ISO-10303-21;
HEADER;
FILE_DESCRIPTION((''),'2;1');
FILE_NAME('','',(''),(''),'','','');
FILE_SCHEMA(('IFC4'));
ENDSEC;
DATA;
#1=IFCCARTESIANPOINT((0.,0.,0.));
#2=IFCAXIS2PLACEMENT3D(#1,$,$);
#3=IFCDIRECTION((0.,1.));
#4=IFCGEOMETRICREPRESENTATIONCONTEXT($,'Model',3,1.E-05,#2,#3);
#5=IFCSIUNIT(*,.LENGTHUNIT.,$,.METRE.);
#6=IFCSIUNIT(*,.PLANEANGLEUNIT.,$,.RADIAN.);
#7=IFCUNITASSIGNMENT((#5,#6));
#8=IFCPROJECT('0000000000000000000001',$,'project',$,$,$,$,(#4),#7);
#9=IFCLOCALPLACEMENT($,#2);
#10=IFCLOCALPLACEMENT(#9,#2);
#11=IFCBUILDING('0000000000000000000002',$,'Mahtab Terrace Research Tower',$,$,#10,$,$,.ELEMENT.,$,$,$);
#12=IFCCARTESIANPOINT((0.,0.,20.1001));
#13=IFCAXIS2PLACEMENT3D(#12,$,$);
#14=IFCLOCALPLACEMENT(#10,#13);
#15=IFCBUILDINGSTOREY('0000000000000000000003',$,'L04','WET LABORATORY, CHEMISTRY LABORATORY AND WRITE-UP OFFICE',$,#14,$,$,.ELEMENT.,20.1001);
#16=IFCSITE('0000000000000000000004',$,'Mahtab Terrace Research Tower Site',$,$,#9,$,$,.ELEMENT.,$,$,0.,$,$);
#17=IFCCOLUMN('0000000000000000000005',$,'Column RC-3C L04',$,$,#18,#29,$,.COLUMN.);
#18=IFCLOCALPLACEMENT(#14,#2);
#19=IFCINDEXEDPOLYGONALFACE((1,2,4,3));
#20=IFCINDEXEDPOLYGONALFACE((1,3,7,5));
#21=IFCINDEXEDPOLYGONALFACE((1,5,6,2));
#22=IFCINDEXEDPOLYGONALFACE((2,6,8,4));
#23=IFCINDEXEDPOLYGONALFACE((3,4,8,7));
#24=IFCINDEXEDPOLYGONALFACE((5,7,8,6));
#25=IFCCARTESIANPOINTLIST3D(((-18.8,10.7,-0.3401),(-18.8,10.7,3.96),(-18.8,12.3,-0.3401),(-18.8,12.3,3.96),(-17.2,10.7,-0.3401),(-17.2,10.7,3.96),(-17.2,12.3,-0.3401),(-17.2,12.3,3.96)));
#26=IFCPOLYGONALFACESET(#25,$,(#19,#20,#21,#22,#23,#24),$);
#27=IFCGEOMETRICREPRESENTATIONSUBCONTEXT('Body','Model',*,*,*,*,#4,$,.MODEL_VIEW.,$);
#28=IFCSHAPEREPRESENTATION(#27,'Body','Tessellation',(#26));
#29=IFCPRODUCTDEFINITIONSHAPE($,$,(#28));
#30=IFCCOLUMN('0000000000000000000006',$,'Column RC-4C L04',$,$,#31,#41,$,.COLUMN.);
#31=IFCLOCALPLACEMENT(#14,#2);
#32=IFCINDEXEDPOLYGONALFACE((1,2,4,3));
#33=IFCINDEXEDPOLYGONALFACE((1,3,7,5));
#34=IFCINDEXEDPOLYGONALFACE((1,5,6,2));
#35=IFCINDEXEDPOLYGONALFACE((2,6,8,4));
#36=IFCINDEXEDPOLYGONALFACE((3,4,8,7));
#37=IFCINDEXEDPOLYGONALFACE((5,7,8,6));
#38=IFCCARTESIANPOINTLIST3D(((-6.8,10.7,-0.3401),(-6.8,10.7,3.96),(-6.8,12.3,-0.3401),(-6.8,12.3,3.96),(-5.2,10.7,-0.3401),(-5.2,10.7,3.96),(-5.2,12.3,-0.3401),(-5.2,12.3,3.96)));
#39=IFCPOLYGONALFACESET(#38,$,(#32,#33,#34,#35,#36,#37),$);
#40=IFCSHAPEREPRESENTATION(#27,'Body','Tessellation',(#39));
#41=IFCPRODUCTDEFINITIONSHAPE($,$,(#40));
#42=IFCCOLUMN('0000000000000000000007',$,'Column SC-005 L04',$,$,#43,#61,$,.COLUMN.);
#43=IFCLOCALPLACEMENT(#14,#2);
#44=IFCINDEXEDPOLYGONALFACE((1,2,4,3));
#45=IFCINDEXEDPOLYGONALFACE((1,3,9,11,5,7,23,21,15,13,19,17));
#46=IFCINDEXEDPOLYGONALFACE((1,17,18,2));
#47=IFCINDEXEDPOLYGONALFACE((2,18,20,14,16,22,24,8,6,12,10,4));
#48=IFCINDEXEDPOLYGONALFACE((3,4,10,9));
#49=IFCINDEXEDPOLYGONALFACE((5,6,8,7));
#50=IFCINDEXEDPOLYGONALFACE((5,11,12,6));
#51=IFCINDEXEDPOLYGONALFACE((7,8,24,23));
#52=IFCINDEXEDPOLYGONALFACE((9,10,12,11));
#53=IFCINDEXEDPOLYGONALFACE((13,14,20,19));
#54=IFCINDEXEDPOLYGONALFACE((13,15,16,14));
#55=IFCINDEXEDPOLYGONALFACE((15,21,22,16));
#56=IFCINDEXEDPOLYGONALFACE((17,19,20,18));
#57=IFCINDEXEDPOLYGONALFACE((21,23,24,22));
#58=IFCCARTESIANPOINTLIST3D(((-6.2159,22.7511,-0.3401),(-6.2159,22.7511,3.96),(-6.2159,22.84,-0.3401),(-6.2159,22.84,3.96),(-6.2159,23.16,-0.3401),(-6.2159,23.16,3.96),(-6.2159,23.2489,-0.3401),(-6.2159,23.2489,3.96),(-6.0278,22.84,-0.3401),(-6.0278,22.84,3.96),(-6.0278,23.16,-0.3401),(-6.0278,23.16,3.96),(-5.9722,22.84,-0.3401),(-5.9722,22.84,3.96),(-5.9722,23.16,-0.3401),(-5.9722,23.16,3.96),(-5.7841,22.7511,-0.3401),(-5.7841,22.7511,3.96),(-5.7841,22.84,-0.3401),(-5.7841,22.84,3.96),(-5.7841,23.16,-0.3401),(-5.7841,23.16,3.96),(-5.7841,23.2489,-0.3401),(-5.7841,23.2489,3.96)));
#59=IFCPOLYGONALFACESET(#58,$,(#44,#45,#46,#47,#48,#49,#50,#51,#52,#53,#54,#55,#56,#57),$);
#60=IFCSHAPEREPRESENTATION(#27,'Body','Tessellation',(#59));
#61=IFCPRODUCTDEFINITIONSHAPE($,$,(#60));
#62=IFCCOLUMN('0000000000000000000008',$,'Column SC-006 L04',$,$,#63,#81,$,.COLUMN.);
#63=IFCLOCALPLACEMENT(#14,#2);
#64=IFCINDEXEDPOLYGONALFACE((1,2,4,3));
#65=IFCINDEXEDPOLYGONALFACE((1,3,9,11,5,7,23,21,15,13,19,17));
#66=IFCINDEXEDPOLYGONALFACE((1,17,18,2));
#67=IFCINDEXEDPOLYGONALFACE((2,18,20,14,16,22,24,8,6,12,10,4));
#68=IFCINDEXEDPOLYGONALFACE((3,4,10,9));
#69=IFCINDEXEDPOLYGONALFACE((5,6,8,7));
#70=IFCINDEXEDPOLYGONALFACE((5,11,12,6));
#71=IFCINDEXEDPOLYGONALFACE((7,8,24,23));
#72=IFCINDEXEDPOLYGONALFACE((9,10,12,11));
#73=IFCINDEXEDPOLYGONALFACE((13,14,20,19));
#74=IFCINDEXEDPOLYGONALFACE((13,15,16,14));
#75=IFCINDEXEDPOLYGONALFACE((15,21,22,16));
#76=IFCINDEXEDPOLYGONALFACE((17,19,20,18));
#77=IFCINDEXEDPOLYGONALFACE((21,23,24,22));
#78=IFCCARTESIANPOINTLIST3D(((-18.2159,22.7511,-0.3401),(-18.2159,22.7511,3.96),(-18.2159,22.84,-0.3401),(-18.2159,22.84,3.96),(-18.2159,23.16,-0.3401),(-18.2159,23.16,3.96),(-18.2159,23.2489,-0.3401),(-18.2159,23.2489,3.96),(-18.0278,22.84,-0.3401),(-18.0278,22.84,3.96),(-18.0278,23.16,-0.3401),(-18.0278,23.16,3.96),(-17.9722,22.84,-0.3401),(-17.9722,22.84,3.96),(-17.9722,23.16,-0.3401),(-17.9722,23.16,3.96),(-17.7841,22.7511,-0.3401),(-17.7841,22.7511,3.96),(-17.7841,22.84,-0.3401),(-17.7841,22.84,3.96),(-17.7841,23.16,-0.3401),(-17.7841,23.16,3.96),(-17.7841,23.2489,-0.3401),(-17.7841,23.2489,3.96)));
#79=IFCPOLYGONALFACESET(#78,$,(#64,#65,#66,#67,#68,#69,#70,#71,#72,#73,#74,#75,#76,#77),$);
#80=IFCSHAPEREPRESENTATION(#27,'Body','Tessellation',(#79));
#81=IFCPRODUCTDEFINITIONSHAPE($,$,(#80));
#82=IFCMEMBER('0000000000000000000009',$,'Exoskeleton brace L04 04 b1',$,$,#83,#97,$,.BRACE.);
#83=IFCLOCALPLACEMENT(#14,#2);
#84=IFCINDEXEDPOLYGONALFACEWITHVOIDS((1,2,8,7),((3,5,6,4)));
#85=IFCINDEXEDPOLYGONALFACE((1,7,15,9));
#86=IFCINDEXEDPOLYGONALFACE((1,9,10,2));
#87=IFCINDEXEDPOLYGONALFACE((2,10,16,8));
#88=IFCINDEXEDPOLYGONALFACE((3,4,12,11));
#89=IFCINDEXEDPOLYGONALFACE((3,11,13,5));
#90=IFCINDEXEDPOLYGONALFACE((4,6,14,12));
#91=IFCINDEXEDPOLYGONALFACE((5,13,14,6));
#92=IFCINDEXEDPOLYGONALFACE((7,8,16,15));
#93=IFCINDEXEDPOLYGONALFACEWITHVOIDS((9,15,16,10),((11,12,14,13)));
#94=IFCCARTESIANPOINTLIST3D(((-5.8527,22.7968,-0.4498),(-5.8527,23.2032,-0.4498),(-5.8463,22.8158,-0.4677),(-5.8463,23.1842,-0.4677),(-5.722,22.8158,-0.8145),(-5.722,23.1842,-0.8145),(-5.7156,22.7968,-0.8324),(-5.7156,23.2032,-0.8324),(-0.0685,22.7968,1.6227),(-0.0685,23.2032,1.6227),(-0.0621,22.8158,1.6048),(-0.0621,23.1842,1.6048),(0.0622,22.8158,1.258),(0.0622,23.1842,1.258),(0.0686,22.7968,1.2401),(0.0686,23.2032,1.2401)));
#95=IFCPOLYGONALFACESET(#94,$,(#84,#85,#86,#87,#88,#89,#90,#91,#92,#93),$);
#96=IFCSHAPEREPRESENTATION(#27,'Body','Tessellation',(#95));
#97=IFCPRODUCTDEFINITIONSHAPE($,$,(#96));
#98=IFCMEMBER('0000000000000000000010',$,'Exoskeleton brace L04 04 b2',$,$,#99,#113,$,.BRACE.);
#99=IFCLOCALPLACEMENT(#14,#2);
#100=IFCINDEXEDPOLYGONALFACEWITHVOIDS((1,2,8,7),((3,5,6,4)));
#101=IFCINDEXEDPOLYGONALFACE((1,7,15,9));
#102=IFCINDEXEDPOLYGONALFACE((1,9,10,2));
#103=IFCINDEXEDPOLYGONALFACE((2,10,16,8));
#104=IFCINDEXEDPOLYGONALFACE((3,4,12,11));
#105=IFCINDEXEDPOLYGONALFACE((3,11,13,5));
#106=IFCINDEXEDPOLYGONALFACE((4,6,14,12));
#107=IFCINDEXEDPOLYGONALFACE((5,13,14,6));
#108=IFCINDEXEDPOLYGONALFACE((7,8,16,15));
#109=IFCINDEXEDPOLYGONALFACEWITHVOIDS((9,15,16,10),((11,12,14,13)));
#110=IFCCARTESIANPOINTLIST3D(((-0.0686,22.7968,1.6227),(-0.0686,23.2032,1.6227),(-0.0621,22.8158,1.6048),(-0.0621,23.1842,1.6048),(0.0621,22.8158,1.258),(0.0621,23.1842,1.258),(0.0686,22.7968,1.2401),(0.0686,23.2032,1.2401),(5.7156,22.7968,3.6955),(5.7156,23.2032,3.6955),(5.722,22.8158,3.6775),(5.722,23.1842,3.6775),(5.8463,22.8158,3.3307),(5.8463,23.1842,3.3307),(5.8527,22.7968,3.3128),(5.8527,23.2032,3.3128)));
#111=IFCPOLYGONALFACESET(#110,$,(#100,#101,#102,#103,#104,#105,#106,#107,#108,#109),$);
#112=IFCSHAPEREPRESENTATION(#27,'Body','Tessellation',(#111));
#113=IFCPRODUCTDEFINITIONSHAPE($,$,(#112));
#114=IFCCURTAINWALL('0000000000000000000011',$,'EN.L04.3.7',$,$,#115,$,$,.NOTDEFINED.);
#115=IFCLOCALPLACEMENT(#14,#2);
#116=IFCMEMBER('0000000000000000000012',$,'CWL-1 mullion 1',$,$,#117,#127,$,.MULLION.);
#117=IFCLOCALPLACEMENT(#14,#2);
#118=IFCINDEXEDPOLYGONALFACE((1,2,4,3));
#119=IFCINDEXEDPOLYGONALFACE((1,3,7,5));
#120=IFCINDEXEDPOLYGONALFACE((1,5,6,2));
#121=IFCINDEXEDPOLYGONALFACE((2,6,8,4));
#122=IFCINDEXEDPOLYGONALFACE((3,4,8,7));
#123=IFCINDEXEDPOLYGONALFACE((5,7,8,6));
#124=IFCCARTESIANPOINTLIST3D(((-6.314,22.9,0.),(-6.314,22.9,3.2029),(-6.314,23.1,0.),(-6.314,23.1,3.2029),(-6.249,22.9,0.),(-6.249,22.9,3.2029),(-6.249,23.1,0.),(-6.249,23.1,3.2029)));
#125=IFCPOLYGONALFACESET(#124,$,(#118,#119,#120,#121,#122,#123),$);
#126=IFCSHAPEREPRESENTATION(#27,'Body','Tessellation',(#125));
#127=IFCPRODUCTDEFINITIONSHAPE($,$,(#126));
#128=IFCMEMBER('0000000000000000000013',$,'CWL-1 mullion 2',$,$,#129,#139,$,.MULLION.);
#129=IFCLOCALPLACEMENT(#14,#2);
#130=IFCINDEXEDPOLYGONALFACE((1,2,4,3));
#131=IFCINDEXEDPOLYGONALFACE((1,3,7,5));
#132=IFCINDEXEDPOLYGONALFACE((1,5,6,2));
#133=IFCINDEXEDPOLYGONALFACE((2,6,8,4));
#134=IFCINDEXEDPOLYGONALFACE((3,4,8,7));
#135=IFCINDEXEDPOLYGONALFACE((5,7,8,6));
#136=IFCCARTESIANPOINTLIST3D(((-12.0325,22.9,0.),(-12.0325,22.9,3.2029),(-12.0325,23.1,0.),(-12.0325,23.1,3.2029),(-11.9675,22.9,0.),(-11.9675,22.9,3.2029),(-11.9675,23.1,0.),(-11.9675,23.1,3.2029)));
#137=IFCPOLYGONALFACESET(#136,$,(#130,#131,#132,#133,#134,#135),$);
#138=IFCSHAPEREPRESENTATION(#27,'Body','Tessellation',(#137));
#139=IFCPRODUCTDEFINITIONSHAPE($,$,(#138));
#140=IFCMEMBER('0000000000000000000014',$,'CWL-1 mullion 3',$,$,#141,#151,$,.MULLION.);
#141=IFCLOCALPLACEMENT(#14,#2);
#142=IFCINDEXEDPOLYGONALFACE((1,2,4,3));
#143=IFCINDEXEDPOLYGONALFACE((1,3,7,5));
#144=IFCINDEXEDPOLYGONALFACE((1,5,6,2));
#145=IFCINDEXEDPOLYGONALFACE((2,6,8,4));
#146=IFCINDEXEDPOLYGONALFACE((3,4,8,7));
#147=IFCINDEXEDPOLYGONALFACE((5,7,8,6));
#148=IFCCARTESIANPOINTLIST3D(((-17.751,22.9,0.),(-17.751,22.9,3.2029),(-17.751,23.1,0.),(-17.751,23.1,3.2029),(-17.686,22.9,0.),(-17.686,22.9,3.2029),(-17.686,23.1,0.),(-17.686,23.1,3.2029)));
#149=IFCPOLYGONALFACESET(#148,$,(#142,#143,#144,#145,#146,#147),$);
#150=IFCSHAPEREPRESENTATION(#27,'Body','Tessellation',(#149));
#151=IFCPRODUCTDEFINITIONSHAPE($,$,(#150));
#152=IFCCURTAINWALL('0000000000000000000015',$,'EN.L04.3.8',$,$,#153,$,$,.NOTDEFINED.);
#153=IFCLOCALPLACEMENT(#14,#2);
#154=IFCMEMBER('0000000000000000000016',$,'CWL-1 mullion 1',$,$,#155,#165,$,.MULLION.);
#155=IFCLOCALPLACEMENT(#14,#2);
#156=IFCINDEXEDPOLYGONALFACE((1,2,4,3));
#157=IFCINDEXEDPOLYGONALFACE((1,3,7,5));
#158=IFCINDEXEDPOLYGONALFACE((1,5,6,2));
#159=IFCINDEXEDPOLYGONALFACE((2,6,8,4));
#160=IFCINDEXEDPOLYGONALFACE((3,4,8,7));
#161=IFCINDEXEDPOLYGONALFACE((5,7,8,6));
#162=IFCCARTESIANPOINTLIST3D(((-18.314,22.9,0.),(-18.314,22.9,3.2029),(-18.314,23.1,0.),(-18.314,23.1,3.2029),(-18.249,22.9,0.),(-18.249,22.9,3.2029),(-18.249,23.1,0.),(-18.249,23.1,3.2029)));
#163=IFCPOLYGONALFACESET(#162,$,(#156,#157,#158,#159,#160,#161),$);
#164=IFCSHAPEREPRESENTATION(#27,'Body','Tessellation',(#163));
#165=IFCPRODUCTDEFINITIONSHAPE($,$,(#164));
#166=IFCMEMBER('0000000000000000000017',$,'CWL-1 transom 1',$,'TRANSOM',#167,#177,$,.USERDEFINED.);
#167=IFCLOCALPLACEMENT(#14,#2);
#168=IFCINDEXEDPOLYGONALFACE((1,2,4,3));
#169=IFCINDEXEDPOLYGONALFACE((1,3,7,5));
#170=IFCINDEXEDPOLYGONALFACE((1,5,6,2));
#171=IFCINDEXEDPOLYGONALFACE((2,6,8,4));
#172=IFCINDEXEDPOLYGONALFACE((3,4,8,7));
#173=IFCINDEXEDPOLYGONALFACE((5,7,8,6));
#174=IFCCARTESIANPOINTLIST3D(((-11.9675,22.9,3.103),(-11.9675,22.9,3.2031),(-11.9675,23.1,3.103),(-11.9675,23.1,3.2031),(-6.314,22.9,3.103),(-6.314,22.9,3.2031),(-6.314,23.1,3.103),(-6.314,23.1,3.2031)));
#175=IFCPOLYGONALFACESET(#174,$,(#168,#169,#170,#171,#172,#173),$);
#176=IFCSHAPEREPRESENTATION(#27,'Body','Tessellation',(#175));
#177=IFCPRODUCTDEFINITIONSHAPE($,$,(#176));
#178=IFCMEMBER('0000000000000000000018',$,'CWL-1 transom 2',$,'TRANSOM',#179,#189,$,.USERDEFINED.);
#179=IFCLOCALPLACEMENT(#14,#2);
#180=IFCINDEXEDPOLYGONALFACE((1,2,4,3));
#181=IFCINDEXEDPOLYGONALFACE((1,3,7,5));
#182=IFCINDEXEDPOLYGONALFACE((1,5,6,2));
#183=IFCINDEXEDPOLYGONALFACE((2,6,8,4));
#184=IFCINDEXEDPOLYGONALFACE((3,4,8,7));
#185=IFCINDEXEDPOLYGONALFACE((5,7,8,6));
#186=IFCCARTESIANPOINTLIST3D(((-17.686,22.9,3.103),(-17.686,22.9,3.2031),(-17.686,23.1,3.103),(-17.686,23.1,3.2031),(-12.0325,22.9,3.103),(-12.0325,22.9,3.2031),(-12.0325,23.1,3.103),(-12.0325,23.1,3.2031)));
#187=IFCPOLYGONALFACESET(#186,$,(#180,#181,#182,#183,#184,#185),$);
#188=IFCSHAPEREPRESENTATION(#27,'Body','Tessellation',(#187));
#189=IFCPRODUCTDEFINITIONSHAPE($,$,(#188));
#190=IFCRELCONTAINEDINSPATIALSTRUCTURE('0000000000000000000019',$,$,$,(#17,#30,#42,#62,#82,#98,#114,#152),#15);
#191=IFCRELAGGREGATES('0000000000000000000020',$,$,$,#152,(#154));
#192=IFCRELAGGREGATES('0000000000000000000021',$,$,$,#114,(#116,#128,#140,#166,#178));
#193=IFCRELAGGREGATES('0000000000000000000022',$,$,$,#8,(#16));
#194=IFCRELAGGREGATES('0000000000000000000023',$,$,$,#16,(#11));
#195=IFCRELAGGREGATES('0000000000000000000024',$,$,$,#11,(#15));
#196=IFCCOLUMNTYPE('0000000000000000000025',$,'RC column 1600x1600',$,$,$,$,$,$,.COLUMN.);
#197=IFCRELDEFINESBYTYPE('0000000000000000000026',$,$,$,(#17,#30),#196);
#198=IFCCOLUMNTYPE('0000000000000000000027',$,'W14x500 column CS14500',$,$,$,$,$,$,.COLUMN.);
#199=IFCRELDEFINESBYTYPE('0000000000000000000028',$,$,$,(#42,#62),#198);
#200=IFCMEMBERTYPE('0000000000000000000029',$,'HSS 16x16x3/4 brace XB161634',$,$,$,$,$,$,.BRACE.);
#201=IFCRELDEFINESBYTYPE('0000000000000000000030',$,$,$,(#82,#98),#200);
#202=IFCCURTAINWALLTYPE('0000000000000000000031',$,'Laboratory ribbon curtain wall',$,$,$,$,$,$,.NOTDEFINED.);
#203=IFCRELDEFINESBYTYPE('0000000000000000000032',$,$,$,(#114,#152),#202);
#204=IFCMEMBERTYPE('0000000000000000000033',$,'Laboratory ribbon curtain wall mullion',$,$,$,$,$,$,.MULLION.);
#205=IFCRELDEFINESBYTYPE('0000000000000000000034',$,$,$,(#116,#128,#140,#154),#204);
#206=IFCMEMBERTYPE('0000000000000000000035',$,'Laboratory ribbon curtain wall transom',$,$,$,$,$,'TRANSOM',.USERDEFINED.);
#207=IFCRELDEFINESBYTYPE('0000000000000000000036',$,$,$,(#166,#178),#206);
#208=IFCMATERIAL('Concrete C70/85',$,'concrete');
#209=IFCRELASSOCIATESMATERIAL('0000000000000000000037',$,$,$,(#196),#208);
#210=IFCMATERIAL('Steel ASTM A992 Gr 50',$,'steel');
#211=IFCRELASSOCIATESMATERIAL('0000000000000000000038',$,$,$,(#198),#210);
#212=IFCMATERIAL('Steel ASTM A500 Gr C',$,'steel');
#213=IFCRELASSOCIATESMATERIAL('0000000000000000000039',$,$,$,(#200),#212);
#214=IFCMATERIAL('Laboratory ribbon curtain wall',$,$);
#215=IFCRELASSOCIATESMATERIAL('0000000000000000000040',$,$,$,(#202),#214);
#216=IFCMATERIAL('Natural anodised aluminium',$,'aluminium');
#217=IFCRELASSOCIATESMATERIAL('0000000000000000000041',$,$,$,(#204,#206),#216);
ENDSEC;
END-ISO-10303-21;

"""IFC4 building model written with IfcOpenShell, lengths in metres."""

from ifc_helpers import new_model, si_unit, direction, frame, origin, origin_2d, place, context, subcontext, project, spatial, rectangle, hollow_rectangle, i_section, extrude, material, material_profile, profile_set, type_object, element, aggregate, save


model = new_model("IFC4")

# Units and contexts
model_context = context("Model", 3, precision=1e-05, world=origin(), true_north=direction((0.0, 1.0)))
body_context = subcontext(model_context, "Body", "Model", "MODEL_VIEW")
ifc_project = project(units=[si_unit("LENGTHUNIT", "METRE"), si_unit("PLANEANGLEUNIT", "RADIAN")], contexts=[model_context])

# Site, building, storey
site_placement = place(None, origin())
site = spatial("IfcSite", under=ifc_project, at=site_placement, Name="Mahtab Terrace Research Tower Site", CompositionType="ELEMENT", RefElevation=0.0)
building_placement = place(site_placement, origin())
building = spatial("IfcBuilding", under=site, at=building_placement, Name="Mahtab Terrace Research Tower", CompositionType="ELEMENT")
storey_placement = place(building_placement, frame((0.0, 0.0, 20.1001)))
storey = spatial("IfcBuildingStorey", under=building, at=storey_placement, Name="L04", Description="WET LABORATORY, CHEMISTRY LABORATORY AND WRITE-UP OFFICE", CompositionType="ELEMENT", Elevation=20.1001)

# Columns
ifc_material_1 = material(Name="Concrete C70/85", Category="concrete")
ifc_material_profile_1 = material_profile(ifc_material_1, rectangle(XDim=1.6001, YDim=1.6001, at=origin_2d()), Name="RC column 1600x1600")
ifc_profile_set_1 = profile_set([ifc_material_profile_1], Name="Concrete C70/85")
column_type_1 = type_object("IfcColumnType", Name="RC column 1600x1600", PredefinedType="COLUMN", material=ifc_profile_set_1)
for number, where, z_axis, x_axis, name in (
    (1, (-18.0, 11.5, -0.3401), (0.0, 0.0, 1.0), (1.0, 0.0, 0.0), "Column RC-3C L04"),
    (2, (-6.0, 11.5, -0.3401), (0.0, 0.0, 1.0), (1.0, 0.0, 0.0), "Column RC-4C L04"),
):
    element("IfcColumn", number, at=place(storey_placement, frame(where, z_axis=z_axis, x_axis=x_axis)), inside=storey, type_object=column_type_1, Name=name, PredefinedType="COLUMN", context=body_context, shape_type="SweptSolid", body=[
        extrude(rectangle(XDim=1.6001, YDim=1.6001, at=origin_2d()), origin(), (0.0, 0.0, 1.0), 4.3),
    ])
ifc_material_2 = material(Name="Steel ASTM A992 Gr 50", Category="steel")
ifc_material_profile_2 = material_profile(ifc_material_2, i_section(OverallWidth=0.4319, OverallDepth=0.4978, WebThickness=0.0557, FlangeThickness=0.0889, at=origin_2d()), Name="W14X500")
ifc_profile_set_2 = profile_set([ifc_material_profile_2], Name="Steel ASTM A992 Gr 50")
column_type_2 = type_object("IfcColumnType", Name="W14x500 column CS14500", PredefinedType="COLUMN", material=ifc_profile_set_2)
for number, where, z_axis, x_axis, name in (
    (3, (-6.0, 23.0, -0.3401), (0.0, 0.0, 1.0), (1.0, 0.0, 0.0), "Column SC-005 L04"),
    (4, (-18.0, 23.0, -0.3401), (0.0, 0.0, 1.0), (1.0, 0.0, 0.0), "Column SC-006 L04"),
):
    element("IfcColumn", number, at=place(storey_placement, frame(where, z_axis=z_axis, x_axis=x_axis)), inside=storey, type_object=column_type_2, Name=name, PredefinedType="COLUMN", context=body_context, shape_type="SweptSolid", body=[
        extrude(i_section(OverallWidth=0.4319, OverallDepth=0.4978, WebThickness=0.0557, FlangeThickness=0.0889, at=origin_2d()), origin(), (0.0, 0.0, 1.0), 4.3),
    ])

# Members
ifc_material_3 = material(Name="Steel ASTM A500 Gr C", Category="steel")
ifc_material_profile_3 = material_profile(ifc_material_3, hollow_rectangle(XDim=0.4065, YDim=0.4065, WallThickness=0.019, at=origin_2d()), Name="HSS16X16X3/4")
ifc_profile_set_3 = profile_set([ifc_material_profile_3], Name="Steel ASTM A500 Gr C")
member_type_1 = type_object("IfcMemberType", Name="HSS 16x16x3/4 brace XB161634", PredefinedType="BRACE", material=ifc_profile_set_3)
for number, where, z_axis, x_axis, name in (
    (5, (-5.7842, 23.0, -0.6411), (0.941394, 0.0, 0.337308), (0.0, 1.0, 0.0), "Exoskeleton brace L04 04 b1"),
    (6, (0.0, 23.0, 1.4314), (0.941382, 0.0, 0.337343), (0.0, 1.0, 0.0), "Exoskeleton brace L04 04 b2"),
):
    element("IfcMember", number, at=place(storey_placement, frame(where, z_axis=z_axis, x_axis=x_axis)), inside=storey, type_object=member_type_1, Name=name, PredefinedType="BRACE", context=body_context, shape_type="SweptSolid", body=[
        extrude(hollow_rectangle(XDim=0.4065, YDim=0.4065, WallThickness=0.019, at=origin_2d()), origin(), (0.0, 0.0, 1.0), 6.1443),
    ])

# Curtain wall, members
ifc_material_4 = material(Name="Laboratory ribbon curtain wall")
curtain_wall_type = type_object("IfcCurtainWallType", Name="Laboratory ribbon curtain wall", PredefinedType="NOTDEFINED", material=ifc_material_4)
curtain_wall_1_placement = place(storey_placement, origin())
curtain_wall_1 = element("IfcCurtainWall", 7, at=curtain_wall_1_placement, inside=storey, type_object=curtain_wall_type, Name="EN.L04.3.7", PredefinedType="NOTDEFINED")
ifc_material_5 = material(Name="Natural anodised aluminium", Category="aluminium")
ifc_material_profile_4 = material_profile(ifc_material_5, rectangle(XDim=0.2, YDim=0.0649, at=origin_2d()), Name="MULLION 65x200")
ifc_profile_set_4 = profile_set([ifc_material_profile_4], Name="Natural anodised aluminium")
member_type_2 = type_object("IfcMemberType", Name="Laboratory ribbon curtain wall mullion", PredefinedType="MULLION", material=ifc_profile_set_4)
member_1_placement = place(storey_placement, frame((-6.2815, 23.0, 0.0), z_axis=(0.0, 0.0, 1.0), x_axis=(0.0, -1.0, 0.0)))
member_1 = element("IfcMember", 8, at=member_1_placement, type_object=member_type_2, Name="CWL-1 mullion 1", PredefinedType="MULLION", context=body_context, shape_type="SweptSolid", body=[
    extrude(rectangle(XDim=0.2, YDim=0.0649, at=origin_2d()), origin(), (0.0, 0.0, 1.0), 3.2029),
])
member_2_placement = place(storey_placement, frame((-12.0, 23.0, 0.0), z_axis=(0.0, 0.0, 1.0), x_axis=(0.0, -1.0, 0.0)))
member_2 = element("IfcMember", 9, at=member_2_placement, type_object=member_type_2, Name="CWL-1 mullion 2", PredefinedType="MULLION", context=body_context, shape_type="SweptSolid", body=[
    extrude(rectangle(XDim=0.2, YDim=0.0649, at=origin_2d()), origin(), (0.0, 0.0, 1.0), 3.2029),
])
member_3_placement = place(storey_placement, frame((-17.7185, 23.0, 0.0), z_axis=(0.0, 0.0, 1.0), x_axis=(0.0, -1.0, 0.0)))
member_3 = element("IfcMember", 10, at=member_3_placement, type_object=member_type_2, Name="CWL-1 mullion 3", PredefinedType="MULLION", context=body_context, shape_type="SweptSolid", body=[
    extrude(rectangle(XDim=0.2, YDim=0.0649, at=origin_2d()), origin(), (0.0, 0.0, 1.0), 3.2029),
])

# Curtain wall, member
curtain_wall_2_placement = place(storey_placement, origin())
curtain_wall_2 = element("IfcCurtainWall", 11, at=curtain_wall_2_placement, inside=storey, type_object=curtain_wall_type, Name="EN.L04.3.8", PredefinedType="NOTDEFINED")
member_4_placement = place(storey_placement, frame((-18.2815, 23.0, 0.0), z_axis=(0.0, 0.0, 1.0), x_axis=(0.0, -1.0, 0.0)))
member_4 = element("IfcMember", 12, at=member_4_placement, type_object=member_type_2, Name="CWL-1 mullion 1", PredefinedType="MULLION", context=body_context, shape_type="SweptSolid", body=[
    extrude(rectangle(XDim=0.2, YDim=0.0649, at=origin_2d()), origin(), (0.0, 0.0, 1.0), 3.2029),
])
aggregate(curtain_wall_2, [member_4])

# Members
ifc_material_profile_5 = material_profile(ifc_material_5, rectangle(XDim=0.2, YDim=0.1001, at=origin_2d()), Name="TRANSOM 100x200")
ifc_profile_set_5 = profile_set([ifc_material_profile_5], Name="Natural anodised aluminium")
member_type_3 = type_object("IfcMemberType", Name="Laboratory ribbon curtain wall transom", ElementType="TRANSOM", PredefinedType="USERDEFINED", material=ifc_profile_set_5)
member_5_placement = place(storey_placement, frame((-6.314, 23.0, 3.1531), z_axis=(-1.0, 0.0, 0.0), x_axis=(0.0, -1.0, 0.0)))
member_5 = element("IfcMember", 13, at=member_5_placement, type_object=member_type_3, Name="CWL-1 transom 1", ObjectType="TRANSOM", PredefinedType="USERDEFINED", context=body_context, shape_type="SweptSolid", body=[
    extrude(rectangle(XDim=0.2, YDim=0.1001, at=origin_2d()), origin(), (0.0, 0.0, 1.0), 5.6536),
])
member_6_placement = place(storey_placement, frame((-12.0325, 23.0, 3.1531), z_axis=(-1.0, 0.0, 0.0), x_axis=(0.0, -1.0, 0.0)))
member_6 = element("IfcMember", 14, at=member_6_placement, type_object=member_type_3, Name="CWL-1 transom 2", ObjectType="TRANSOM", PredefinedType="USERDEFINED", context=body_context, shape_type="SweptSolid", body=[
    extrude(rectangle(XDim=0.2, YDim=0.1001, at=origin_2d()), origin(), (0.0, 0.0, 1.0), 5.6536),
])

aggregate(curtain_wall_1, [member_1, member_2, member_3, member_5, member_6])

save(model, "model.ifc")
